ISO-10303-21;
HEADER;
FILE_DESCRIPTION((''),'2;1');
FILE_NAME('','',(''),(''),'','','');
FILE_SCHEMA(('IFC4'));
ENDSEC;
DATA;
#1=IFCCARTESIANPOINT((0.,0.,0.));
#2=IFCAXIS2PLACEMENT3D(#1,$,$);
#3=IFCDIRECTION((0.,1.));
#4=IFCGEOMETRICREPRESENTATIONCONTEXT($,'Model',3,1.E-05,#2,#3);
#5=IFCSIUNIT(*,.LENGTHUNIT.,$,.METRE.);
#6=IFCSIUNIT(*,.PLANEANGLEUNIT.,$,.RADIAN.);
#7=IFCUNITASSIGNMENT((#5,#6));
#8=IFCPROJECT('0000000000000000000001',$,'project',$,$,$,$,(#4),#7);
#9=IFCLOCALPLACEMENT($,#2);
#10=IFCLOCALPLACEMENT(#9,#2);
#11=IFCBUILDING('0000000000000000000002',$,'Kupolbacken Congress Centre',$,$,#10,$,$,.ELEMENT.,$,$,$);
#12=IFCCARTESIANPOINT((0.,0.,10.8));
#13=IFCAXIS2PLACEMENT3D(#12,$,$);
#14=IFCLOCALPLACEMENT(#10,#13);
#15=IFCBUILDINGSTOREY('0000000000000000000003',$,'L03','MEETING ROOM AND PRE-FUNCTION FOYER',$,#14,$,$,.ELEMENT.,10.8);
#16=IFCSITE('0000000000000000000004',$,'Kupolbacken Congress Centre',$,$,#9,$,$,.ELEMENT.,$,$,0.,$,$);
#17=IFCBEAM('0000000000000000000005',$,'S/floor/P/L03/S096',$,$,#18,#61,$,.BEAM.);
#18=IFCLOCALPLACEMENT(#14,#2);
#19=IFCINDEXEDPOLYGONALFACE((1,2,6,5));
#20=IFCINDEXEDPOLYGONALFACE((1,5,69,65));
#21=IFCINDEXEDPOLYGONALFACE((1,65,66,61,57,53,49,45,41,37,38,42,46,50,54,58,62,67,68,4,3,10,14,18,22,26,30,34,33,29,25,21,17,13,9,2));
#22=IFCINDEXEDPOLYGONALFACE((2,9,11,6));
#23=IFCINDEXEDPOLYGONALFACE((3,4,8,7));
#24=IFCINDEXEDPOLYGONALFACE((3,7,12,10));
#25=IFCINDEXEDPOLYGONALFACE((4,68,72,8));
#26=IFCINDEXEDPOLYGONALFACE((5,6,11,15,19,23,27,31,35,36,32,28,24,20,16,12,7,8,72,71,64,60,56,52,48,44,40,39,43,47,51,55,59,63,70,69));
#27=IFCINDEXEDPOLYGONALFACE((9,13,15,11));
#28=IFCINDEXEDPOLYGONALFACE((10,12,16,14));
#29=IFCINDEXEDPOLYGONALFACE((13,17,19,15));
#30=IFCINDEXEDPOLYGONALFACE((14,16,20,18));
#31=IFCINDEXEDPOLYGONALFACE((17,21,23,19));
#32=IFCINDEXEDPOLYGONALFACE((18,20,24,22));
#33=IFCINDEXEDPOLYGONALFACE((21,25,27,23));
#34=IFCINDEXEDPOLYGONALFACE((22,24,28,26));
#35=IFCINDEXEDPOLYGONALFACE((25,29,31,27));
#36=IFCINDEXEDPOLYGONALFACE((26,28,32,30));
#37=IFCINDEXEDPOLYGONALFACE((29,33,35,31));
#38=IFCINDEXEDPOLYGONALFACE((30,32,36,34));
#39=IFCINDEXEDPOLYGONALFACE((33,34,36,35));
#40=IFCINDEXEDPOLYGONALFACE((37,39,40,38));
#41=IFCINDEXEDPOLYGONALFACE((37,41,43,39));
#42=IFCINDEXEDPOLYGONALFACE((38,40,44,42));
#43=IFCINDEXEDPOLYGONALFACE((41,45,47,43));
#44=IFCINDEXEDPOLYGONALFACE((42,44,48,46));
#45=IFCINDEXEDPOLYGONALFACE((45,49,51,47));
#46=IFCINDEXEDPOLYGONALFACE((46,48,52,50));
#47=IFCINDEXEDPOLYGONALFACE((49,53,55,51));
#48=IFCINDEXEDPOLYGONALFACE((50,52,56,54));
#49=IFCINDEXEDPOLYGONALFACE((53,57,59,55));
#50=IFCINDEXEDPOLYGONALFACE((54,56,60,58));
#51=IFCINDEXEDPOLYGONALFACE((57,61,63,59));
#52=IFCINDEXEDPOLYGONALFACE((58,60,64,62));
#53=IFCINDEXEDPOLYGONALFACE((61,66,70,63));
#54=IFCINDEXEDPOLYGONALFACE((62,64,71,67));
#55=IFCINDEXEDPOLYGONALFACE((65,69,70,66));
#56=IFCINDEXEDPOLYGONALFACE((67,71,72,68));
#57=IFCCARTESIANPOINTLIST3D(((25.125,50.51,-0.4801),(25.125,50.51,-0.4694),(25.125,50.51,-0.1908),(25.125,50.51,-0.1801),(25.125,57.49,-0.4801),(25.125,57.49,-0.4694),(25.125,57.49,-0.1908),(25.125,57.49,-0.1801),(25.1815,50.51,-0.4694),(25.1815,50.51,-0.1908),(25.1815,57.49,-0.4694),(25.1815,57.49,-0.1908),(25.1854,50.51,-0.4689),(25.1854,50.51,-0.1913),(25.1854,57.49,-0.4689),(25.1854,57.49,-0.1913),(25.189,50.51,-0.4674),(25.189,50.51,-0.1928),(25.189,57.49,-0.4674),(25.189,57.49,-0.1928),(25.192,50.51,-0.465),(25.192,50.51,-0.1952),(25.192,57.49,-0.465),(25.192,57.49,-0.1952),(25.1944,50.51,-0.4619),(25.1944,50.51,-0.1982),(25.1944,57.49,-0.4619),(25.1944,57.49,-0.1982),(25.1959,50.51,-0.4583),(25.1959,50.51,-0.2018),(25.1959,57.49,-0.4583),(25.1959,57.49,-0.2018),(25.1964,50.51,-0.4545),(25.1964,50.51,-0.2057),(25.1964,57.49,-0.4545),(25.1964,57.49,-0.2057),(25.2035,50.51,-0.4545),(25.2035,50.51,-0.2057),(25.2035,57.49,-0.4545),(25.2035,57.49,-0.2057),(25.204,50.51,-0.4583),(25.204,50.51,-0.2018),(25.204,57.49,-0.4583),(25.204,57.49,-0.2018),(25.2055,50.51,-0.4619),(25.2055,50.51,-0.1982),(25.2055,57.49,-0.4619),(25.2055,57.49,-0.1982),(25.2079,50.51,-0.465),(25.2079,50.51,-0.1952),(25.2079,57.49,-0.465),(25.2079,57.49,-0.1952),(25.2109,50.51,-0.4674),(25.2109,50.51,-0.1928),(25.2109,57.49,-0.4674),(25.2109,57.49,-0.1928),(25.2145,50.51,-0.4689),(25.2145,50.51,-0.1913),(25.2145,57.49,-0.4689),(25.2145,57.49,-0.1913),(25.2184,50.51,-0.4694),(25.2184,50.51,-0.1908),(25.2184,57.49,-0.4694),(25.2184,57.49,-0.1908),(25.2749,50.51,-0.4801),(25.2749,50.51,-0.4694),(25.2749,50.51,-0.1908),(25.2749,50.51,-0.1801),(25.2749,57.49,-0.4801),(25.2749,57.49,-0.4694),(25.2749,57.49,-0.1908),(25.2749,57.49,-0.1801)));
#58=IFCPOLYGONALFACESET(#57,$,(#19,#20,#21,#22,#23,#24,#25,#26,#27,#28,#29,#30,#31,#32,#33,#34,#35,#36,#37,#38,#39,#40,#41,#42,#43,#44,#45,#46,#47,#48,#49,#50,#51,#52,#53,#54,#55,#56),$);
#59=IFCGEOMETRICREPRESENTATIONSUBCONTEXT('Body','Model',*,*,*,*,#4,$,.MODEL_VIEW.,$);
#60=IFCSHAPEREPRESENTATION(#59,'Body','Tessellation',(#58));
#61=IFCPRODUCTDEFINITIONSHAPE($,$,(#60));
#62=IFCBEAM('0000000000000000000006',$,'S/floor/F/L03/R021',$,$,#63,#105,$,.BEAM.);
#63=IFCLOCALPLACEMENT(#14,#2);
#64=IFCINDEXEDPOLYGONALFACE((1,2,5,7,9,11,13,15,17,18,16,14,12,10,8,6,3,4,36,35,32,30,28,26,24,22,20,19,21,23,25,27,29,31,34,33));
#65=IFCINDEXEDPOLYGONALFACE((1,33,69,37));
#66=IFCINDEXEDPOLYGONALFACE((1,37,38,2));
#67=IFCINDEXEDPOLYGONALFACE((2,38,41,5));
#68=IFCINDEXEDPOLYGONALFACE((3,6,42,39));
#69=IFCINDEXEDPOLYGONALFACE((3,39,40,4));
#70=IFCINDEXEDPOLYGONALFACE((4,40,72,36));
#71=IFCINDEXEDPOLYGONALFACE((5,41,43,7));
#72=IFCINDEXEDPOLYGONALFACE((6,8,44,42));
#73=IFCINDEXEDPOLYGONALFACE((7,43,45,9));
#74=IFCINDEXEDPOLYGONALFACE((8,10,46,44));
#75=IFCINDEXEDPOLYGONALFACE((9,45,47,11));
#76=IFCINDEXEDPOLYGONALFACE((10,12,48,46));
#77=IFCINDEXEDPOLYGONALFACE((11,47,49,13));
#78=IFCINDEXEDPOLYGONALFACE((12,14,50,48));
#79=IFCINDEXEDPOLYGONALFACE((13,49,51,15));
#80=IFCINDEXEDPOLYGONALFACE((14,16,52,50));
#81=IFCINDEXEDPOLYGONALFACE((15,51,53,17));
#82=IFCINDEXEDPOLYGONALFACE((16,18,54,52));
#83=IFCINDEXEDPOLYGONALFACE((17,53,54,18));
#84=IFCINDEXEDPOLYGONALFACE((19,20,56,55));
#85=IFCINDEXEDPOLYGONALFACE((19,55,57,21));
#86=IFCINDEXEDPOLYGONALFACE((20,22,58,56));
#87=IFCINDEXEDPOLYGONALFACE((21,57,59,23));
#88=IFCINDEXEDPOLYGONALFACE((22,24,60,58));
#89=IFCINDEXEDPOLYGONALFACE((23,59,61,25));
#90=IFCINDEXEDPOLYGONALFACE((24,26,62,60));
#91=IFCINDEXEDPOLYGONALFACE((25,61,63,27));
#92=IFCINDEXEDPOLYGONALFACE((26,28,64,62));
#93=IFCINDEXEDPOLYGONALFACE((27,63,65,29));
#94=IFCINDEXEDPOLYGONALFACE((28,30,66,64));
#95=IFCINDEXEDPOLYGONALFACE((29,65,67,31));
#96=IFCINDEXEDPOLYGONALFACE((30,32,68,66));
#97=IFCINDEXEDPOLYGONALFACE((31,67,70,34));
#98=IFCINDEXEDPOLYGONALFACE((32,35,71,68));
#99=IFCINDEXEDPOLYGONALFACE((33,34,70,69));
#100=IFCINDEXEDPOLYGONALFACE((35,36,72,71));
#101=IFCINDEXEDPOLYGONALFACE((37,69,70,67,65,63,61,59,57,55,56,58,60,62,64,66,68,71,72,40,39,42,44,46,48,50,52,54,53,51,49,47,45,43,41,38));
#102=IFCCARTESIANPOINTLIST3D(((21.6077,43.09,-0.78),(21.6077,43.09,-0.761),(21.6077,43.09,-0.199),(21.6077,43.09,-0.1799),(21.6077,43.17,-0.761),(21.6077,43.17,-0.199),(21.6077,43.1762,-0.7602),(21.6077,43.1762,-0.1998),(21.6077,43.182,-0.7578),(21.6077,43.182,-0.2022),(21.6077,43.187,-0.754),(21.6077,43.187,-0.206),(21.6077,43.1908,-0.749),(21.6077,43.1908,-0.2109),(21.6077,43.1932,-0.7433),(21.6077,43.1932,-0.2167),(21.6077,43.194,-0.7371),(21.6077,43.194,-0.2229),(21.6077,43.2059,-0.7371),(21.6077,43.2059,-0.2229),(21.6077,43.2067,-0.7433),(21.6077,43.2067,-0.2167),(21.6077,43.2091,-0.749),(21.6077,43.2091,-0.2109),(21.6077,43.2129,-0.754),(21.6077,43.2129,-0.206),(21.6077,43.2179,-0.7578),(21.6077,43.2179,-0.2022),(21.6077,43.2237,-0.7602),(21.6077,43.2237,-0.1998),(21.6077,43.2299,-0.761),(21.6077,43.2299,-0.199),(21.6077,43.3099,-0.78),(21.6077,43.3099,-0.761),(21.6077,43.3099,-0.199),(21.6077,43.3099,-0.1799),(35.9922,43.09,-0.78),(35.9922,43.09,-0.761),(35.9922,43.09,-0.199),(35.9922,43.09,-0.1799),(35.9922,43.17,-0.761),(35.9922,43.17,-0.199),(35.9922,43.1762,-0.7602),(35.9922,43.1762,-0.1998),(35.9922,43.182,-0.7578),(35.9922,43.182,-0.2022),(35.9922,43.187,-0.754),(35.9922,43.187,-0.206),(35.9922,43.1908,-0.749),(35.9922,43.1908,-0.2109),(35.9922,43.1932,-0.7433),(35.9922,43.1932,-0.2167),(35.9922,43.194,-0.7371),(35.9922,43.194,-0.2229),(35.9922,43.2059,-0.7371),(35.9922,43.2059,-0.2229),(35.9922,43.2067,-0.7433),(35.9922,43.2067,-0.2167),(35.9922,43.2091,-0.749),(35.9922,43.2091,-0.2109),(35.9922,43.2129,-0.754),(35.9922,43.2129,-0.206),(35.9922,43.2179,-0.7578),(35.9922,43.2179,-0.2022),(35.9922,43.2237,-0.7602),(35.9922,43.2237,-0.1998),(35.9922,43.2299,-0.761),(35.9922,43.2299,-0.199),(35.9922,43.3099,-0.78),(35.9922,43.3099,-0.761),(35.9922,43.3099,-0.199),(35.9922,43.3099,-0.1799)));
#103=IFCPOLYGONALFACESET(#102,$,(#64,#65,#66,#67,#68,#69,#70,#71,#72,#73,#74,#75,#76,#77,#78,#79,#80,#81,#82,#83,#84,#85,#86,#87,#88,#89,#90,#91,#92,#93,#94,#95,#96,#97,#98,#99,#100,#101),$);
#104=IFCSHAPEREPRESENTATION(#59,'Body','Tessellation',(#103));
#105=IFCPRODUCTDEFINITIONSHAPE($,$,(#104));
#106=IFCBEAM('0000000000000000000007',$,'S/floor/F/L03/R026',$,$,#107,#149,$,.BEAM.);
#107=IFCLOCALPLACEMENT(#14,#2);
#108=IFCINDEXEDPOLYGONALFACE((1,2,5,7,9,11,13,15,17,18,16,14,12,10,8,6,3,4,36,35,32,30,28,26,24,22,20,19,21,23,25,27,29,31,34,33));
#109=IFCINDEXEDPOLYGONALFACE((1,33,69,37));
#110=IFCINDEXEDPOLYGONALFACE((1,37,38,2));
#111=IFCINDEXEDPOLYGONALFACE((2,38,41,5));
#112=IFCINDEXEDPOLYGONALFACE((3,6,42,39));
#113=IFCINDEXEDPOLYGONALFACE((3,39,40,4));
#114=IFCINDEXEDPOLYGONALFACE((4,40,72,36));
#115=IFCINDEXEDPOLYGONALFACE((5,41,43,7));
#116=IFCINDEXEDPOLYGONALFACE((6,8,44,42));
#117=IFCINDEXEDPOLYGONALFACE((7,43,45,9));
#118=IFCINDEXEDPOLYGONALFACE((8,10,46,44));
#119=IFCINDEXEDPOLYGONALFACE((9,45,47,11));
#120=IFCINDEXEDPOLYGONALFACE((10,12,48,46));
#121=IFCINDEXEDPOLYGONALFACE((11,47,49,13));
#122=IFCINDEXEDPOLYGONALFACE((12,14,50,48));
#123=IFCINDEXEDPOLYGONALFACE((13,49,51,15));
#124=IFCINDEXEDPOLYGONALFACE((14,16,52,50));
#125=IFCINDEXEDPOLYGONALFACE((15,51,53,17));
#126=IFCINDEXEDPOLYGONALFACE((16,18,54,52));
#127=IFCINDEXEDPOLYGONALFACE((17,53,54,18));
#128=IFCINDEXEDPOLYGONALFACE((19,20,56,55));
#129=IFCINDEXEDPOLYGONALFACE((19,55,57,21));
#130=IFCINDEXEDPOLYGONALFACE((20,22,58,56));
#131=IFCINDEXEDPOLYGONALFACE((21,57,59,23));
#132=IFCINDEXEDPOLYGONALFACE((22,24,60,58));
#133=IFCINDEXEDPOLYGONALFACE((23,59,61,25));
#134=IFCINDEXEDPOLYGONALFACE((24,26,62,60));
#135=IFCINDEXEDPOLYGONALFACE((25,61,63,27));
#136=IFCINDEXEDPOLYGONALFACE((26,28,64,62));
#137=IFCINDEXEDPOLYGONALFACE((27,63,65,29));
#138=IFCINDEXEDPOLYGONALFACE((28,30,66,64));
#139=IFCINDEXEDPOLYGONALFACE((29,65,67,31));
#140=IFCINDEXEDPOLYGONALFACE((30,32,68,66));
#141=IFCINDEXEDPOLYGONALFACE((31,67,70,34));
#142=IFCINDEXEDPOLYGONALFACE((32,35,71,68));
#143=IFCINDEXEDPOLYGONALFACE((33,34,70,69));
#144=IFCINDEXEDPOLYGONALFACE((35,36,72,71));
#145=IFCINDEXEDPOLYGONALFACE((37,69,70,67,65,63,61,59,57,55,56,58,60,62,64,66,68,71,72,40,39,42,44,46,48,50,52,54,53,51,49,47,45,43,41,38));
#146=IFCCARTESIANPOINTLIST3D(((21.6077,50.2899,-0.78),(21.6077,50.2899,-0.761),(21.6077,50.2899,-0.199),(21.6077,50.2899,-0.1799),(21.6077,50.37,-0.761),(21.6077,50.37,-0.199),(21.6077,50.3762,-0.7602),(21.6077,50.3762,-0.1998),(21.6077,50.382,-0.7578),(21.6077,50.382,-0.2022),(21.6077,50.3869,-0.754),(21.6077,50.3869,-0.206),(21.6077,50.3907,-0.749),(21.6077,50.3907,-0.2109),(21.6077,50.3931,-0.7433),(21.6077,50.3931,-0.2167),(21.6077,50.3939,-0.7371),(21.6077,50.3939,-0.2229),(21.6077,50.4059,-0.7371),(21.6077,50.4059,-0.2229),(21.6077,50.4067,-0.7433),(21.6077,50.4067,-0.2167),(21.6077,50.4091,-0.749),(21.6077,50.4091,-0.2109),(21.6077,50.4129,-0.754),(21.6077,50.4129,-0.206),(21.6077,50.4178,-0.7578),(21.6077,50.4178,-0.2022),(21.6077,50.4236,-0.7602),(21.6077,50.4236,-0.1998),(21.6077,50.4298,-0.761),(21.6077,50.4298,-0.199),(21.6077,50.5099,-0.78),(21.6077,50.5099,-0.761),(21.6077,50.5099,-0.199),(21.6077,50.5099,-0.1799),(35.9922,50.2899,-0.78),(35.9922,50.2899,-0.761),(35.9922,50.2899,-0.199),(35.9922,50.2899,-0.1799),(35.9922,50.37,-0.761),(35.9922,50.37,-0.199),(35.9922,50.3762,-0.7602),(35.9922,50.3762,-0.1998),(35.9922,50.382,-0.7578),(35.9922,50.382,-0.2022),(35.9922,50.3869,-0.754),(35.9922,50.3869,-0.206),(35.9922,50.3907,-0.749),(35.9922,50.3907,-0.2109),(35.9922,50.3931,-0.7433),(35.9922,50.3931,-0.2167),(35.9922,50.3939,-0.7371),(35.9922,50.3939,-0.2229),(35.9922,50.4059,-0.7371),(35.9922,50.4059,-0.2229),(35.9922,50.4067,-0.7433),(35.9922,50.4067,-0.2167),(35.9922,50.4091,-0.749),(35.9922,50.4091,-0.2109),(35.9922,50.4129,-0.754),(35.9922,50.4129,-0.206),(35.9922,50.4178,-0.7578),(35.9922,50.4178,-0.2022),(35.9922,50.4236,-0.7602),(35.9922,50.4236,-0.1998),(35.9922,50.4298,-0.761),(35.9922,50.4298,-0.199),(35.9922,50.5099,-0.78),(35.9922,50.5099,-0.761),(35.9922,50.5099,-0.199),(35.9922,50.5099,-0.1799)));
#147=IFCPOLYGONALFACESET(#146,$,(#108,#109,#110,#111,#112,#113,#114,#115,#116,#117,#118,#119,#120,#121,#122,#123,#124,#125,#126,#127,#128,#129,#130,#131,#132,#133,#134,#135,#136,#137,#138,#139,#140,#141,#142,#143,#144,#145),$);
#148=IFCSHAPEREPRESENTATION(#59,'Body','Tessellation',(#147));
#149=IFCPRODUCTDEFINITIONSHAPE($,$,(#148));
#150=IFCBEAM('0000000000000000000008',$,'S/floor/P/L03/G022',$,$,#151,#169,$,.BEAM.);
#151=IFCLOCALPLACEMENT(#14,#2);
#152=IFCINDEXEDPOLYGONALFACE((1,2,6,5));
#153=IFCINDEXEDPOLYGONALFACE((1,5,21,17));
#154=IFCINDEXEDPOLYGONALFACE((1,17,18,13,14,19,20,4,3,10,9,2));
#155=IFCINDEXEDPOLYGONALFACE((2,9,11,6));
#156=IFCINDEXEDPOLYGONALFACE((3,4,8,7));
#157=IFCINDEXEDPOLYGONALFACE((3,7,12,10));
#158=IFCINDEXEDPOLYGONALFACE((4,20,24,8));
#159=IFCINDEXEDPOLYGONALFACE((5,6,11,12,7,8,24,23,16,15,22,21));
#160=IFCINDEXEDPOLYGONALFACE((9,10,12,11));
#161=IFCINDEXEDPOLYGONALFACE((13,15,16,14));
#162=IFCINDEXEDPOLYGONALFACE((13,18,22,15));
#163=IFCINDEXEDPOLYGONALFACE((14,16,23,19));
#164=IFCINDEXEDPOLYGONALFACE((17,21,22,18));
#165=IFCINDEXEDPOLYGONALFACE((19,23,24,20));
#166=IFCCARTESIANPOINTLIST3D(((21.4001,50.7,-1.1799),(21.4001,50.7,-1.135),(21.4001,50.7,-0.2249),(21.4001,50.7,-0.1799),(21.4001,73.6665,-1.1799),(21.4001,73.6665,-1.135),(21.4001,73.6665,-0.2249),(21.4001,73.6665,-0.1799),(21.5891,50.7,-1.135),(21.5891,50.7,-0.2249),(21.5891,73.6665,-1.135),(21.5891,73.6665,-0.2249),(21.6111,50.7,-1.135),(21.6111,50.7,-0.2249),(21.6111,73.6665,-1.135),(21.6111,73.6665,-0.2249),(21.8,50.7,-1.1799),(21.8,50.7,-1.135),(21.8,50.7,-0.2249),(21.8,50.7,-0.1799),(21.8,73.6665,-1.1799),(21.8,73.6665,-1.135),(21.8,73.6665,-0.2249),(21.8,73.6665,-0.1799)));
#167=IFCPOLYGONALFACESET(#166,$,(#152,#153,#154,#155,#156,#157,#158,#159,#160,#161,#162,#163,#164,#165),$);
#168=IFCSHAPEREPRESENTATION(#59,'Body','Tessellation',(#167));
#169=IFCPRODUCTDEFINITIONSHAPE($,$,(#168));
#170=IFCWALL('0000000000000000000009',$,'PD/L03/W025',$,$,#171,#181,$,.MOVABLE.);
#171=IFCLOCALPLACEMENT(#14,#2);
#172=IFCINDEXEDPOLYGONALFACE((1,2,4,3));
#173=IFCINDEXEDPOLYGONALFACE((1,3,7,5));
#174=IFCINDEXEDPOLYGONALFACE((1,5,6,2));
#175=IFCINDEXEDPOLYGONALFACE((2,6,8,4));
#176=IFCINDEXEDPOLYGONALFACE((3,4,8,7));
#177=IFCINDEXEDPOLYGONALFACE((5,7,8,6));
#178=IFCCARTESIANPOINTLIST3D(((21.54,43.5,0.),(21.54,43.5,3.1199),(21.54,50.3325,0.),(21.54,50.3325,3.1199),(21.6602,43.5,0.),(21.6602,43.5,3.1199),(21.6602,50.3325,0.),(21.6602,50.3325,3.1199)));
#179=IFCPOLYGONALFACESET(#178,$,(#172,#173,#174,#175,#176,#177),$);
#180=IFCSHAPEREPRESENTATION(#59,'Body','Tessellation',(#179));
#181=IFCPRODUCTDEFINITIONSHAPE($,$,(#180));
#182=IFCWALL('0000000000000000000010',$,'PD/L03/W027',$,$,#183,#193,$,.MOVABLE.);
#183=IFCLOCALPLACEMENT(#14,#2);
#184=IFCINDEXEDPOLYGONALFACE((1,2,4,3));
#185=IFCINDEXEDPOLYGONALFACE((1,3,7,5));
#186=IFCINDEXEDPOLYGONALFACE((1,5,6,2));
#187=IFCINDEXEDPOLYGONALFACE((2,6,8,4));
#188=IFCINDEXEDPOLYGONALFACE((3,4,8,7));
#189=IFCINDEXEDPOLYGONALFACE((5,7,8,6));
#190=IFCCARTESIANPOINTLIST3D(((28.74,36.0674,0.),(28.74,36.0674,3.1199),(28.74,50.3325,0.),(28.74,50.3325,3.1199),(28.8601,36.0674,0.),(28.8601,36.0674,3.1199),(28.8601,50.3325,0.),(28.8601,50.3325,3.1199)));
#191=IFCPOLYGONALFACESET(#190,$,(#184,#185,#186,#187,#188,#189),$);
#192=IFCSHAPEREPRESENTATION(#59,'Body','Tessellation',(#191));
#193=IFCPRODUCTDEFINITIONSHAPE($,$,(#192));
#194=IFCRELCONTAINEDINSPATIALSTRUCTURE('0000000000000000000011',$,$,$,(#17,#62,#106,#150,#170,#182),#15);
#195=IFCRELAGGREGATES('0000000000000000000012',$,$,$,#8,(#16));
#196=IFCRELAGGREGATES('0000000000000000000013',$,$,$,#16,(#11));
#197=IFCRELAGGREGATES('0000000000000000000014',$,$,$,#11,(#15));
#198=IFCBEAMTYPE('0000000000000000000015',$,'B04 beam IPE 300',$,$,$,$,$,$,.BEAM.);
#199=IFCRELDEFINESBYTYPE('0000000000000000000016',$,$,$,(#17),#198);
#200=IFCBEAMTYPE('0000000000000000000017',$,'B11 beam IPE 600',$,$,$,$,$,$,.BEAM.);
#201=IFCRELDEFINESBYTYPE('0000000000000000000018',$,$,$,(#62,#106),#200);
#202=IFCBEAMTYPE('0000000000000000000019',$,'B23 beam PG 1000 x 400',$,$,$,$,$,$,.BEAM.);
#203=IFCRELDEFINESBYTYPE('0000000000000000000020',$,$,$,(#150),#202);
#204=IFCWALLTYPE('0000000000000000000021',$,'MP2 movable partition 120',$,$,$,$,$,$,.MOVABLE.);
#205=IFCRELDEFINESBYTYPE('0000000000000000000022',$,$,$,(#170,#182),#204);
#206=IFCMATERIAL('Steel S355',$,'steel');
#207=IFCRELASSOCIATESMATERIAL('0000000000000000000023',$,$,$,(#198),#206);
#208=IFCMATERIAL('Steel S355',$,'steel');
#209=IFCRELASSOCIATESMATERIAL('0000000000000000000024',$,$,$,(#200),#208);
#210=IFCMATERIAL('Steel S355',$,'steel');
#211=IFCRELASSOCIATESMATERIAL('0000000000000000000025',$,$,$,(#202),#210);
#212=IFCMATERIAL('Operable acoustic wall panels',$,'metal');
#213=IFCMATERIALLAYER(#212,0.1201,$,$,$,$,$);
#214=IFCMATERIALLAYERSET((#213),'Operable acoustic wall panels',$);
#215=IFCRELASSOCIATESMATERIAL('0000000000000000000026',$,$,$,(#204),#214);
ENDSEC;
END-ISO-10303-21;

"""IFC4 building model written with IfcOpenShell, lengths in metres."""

from ifc_helpers import new_model, si_unit, direction, frame, frame_2d, origin, origin_2d, place, context, subcontext, project, spatial, rectangle, i_section, extrude, material, layer, layer_set, material_profile, profile_set, type_object, element, save


model = new_model("IFC4")

# Units and contexts
model_context = context("Model", 3, precision=1e-05, world=origin(), true_north=direction((0.0, 1.0)))
body_context = subcontext(model_context, "Body", "Model", "MODEL_VIEW")
ifc_project = project(units=[si_unit("LENGTHUNIT", "METRE"), si_unit("PLANEANGLEUNIT", "RADIAN")], contexts=[model_context])

# Site, building, storey
site_placement = place(None, origin())
site = spatial("IfcSite", under=ifc_project, at=site_placement, Name="Kupolbacken Congress Centre", CompositionType="ELEMENT", RefElevation=0.0)
building_placement = place(site_placement, origin())
building = spatial("IfcBuilding", under=site, at=building_placement, Name="Kupolbacken Congress Centre", CompositionType="ELEMENT")
storey_placement = place(building_placement, frame((0.0, 0.0, 10.8)))
storey = spatial("IfcBuildingStorey", under=building, at=storey_placement, Name="L03", Description="MEETING ROOM AND PRE-FUNCTION FOYER", CompositionType="ELEMENT", Elevation=10.8)

# Beams
ifc_material_1 = material(Name="Steel S355", Category="steel")
ifc_material_profile_1 = material_profile(ifc_material_1, i_section(OverallWidth=0.1499, OverallDepth=0.3, WebThickness=0.0071, FlangeThickness=0.0107, FilletRadius=0.0149, at=origin_2d()), Name="IPE 300")
ifc_profile_set_1 = profile_set([ifc_material_profile_1], Name="Steel S355")
beam_type_1 = type_object("IfcBeamType", Name="B04 beam IPE 300", PredefinedType="BEAM", material=ifc_profile_set_1)
for number, where, z_axis, x_axis, name in (
    (1, (25.2, 50.51, -0.3301), (0.0, 1.0, 0.0), (-1.0, 0.0, 0.0), "S/floor/P/L03/S096"),
):
    element("IfcBeam", number, at=place(storey_placement, frame(where, z_axis=z_axis, x_axis=x_axis)), inside=storey, type_object=beam_type_1, Name=name, PredefinedType="BEAM", context=body_context, shape_type="SweptSolid", body=[
        extrude(i_section(OverallWidth=0.1499, OverallDepth=0.3, WebThickness=0.0071, FlangeThickness=0.0107, FilletRadius=0.0149, at=origin_2d()), origin(), (0.0, 0.0, 1.0), 6.98),
    ])
ifc_material_2 = material(Name="Steel S355", Category="steel")
ifc_material_profile_2 = material_profile(ifc_material_2, i_section(OverallWidth=0.22, OverallDepth=0.6001, WebThickness=0.012, FlangeThickness=0.019, FilletRadius=0.0239, at=origin_2d()), Name="IPE 600")
ifc_profile_set_2 = profile_set([ifc_material_profile_2], Name="Steel S355")
beam_type_2 = type_object("IfcBeamType", Name="B11 beam IPE 600", PredefinedType="BEAM", material=ifc_profile_set_2)
for number, where, z_axis, x_axis, name in (
    (2, (21.6077, 43.2, -0.48), (1.0, 0.0, 0.0), (0.0, 1.0, 0.0), "S/floor/F/L03/R021"),
    (3, (21.6077, 50.3999, -0.48), (1.0, 0.0, 0.0), (0.0, 1.0, 0.0), "S/floor/F/L03/R026"),
):
    element("IfcBeam", number, at=place(storey_placement, frame(where, z_axis=z_axis, x_axis=x_axis)), inside=storey, type_object=beam_type_2, Name=name, PredefinedType="BEAM", context=body_context, shape_type="SweptSolid", body=[
        extrude(i_section(OverallWidth=0.22, OverallDepth=0.6001, WebThickness=0.012, FlangeThickness=0.019, FilletRadius=0.0239, at=origin_2d()), origin(), (0.0, 0.0, 1.0), 14.3845),
    ])
ifc_material_3 = material(Name="Steel S355", Category="steel")
ifc_material_profile_3 = material_profile(ifc_material_3, i_section(OverallWidth=0.3999, OverallDepth=1.0, WebThickness=0.022, FlangeThickness=0.0449, at=origin_2d()), Name="PG 1000 x 400")
ifc_profile_set_3 = profile_set([ifc_material_profile_3], Name="Steel S355")
beam_type_3 = type_object("IfcBeamType", Name="B23 beam PG 1000 x 400", PredefinedType="BEAM", material=ifc_profile_set_3)
beam_1_placement = place(storey_placement, frame((21.6001, 50.7, -0.6799), z_axis=(0.0, 1.0, 0.0), x_axis=(-1.0, 0.0, 0.0)))
element("IfcBeam", 4, at=beam_1_placement, inside=storey, type_object=beam_type_3, Name="S/floor/P/L03/G022", PredefinedType="BEAM", context=body_context, shape_type="SweptSolid", body=[
    extrude(i_section(OverallWidth=0.3999, OverallDepth=1.0, WebThickness=0.022, FlangeThickness=0.0449, at=origin_2d()), origin(), (0.0, 0.0, 1.0), 22.9666),
])

# Walls
ifc_material_4 = material(Name="Operable acoustic wall panels", Category="metal")
ifc_layer_1 = layer(ifc_material_4, 0.1201)
ifc_layer_set_1 = layer_set([ifc_layer_1], Name="Operable acoustic wall panels")
wall_type_1 = type_object("IfcWallType", Name="MP2 movable partition 120", PredefinedType="MOVABLE", material=ifc_layer_set_1)
wall_1_placement = place(storey_placement, frame((21.6001, 50.3325, 0.0), z_axis=(0.0, 0.0, 1.0), x_axis=(0.0, -1.0, 0.0)))
element("IfcWall", 5, at=wall_1_placement, inside=storey, type_object=wall_type_1, Name="PD/L03/W025", PredefinedType="MOVABLE", context=body_context, shape_type="SweptSolid", body=[
    extrude(rectangle(XDim=6.8325, YDim=0.1201, at=frame_2d((3.4163, 0.0))), origin(), (0.0, 0.0, 1.0), 3.1199),
])
wall_2_placement = place(storey_placement, frame((28.8, 50.3325, 0.0), z_axis=(0.0, 0.0, 1.0), x_axis=(0.0, -1.0, 0.0)))
element("IfcWall", 6, at=wall_2_placement, inside=storey, type_object=wall_type_1, Name="PD/L03/W027", PredefinedType="MOVABLE", context=body_context, shape_type="SweptSolid", body=[
    extrude(rectangle(XDim=14.2651, YDim=0.1201, at=frame_2d((7.1326, 0.0))), origin(), (0.0, 0.0, 1.0), 3.1199),
])

save(model, "model.ifc")
